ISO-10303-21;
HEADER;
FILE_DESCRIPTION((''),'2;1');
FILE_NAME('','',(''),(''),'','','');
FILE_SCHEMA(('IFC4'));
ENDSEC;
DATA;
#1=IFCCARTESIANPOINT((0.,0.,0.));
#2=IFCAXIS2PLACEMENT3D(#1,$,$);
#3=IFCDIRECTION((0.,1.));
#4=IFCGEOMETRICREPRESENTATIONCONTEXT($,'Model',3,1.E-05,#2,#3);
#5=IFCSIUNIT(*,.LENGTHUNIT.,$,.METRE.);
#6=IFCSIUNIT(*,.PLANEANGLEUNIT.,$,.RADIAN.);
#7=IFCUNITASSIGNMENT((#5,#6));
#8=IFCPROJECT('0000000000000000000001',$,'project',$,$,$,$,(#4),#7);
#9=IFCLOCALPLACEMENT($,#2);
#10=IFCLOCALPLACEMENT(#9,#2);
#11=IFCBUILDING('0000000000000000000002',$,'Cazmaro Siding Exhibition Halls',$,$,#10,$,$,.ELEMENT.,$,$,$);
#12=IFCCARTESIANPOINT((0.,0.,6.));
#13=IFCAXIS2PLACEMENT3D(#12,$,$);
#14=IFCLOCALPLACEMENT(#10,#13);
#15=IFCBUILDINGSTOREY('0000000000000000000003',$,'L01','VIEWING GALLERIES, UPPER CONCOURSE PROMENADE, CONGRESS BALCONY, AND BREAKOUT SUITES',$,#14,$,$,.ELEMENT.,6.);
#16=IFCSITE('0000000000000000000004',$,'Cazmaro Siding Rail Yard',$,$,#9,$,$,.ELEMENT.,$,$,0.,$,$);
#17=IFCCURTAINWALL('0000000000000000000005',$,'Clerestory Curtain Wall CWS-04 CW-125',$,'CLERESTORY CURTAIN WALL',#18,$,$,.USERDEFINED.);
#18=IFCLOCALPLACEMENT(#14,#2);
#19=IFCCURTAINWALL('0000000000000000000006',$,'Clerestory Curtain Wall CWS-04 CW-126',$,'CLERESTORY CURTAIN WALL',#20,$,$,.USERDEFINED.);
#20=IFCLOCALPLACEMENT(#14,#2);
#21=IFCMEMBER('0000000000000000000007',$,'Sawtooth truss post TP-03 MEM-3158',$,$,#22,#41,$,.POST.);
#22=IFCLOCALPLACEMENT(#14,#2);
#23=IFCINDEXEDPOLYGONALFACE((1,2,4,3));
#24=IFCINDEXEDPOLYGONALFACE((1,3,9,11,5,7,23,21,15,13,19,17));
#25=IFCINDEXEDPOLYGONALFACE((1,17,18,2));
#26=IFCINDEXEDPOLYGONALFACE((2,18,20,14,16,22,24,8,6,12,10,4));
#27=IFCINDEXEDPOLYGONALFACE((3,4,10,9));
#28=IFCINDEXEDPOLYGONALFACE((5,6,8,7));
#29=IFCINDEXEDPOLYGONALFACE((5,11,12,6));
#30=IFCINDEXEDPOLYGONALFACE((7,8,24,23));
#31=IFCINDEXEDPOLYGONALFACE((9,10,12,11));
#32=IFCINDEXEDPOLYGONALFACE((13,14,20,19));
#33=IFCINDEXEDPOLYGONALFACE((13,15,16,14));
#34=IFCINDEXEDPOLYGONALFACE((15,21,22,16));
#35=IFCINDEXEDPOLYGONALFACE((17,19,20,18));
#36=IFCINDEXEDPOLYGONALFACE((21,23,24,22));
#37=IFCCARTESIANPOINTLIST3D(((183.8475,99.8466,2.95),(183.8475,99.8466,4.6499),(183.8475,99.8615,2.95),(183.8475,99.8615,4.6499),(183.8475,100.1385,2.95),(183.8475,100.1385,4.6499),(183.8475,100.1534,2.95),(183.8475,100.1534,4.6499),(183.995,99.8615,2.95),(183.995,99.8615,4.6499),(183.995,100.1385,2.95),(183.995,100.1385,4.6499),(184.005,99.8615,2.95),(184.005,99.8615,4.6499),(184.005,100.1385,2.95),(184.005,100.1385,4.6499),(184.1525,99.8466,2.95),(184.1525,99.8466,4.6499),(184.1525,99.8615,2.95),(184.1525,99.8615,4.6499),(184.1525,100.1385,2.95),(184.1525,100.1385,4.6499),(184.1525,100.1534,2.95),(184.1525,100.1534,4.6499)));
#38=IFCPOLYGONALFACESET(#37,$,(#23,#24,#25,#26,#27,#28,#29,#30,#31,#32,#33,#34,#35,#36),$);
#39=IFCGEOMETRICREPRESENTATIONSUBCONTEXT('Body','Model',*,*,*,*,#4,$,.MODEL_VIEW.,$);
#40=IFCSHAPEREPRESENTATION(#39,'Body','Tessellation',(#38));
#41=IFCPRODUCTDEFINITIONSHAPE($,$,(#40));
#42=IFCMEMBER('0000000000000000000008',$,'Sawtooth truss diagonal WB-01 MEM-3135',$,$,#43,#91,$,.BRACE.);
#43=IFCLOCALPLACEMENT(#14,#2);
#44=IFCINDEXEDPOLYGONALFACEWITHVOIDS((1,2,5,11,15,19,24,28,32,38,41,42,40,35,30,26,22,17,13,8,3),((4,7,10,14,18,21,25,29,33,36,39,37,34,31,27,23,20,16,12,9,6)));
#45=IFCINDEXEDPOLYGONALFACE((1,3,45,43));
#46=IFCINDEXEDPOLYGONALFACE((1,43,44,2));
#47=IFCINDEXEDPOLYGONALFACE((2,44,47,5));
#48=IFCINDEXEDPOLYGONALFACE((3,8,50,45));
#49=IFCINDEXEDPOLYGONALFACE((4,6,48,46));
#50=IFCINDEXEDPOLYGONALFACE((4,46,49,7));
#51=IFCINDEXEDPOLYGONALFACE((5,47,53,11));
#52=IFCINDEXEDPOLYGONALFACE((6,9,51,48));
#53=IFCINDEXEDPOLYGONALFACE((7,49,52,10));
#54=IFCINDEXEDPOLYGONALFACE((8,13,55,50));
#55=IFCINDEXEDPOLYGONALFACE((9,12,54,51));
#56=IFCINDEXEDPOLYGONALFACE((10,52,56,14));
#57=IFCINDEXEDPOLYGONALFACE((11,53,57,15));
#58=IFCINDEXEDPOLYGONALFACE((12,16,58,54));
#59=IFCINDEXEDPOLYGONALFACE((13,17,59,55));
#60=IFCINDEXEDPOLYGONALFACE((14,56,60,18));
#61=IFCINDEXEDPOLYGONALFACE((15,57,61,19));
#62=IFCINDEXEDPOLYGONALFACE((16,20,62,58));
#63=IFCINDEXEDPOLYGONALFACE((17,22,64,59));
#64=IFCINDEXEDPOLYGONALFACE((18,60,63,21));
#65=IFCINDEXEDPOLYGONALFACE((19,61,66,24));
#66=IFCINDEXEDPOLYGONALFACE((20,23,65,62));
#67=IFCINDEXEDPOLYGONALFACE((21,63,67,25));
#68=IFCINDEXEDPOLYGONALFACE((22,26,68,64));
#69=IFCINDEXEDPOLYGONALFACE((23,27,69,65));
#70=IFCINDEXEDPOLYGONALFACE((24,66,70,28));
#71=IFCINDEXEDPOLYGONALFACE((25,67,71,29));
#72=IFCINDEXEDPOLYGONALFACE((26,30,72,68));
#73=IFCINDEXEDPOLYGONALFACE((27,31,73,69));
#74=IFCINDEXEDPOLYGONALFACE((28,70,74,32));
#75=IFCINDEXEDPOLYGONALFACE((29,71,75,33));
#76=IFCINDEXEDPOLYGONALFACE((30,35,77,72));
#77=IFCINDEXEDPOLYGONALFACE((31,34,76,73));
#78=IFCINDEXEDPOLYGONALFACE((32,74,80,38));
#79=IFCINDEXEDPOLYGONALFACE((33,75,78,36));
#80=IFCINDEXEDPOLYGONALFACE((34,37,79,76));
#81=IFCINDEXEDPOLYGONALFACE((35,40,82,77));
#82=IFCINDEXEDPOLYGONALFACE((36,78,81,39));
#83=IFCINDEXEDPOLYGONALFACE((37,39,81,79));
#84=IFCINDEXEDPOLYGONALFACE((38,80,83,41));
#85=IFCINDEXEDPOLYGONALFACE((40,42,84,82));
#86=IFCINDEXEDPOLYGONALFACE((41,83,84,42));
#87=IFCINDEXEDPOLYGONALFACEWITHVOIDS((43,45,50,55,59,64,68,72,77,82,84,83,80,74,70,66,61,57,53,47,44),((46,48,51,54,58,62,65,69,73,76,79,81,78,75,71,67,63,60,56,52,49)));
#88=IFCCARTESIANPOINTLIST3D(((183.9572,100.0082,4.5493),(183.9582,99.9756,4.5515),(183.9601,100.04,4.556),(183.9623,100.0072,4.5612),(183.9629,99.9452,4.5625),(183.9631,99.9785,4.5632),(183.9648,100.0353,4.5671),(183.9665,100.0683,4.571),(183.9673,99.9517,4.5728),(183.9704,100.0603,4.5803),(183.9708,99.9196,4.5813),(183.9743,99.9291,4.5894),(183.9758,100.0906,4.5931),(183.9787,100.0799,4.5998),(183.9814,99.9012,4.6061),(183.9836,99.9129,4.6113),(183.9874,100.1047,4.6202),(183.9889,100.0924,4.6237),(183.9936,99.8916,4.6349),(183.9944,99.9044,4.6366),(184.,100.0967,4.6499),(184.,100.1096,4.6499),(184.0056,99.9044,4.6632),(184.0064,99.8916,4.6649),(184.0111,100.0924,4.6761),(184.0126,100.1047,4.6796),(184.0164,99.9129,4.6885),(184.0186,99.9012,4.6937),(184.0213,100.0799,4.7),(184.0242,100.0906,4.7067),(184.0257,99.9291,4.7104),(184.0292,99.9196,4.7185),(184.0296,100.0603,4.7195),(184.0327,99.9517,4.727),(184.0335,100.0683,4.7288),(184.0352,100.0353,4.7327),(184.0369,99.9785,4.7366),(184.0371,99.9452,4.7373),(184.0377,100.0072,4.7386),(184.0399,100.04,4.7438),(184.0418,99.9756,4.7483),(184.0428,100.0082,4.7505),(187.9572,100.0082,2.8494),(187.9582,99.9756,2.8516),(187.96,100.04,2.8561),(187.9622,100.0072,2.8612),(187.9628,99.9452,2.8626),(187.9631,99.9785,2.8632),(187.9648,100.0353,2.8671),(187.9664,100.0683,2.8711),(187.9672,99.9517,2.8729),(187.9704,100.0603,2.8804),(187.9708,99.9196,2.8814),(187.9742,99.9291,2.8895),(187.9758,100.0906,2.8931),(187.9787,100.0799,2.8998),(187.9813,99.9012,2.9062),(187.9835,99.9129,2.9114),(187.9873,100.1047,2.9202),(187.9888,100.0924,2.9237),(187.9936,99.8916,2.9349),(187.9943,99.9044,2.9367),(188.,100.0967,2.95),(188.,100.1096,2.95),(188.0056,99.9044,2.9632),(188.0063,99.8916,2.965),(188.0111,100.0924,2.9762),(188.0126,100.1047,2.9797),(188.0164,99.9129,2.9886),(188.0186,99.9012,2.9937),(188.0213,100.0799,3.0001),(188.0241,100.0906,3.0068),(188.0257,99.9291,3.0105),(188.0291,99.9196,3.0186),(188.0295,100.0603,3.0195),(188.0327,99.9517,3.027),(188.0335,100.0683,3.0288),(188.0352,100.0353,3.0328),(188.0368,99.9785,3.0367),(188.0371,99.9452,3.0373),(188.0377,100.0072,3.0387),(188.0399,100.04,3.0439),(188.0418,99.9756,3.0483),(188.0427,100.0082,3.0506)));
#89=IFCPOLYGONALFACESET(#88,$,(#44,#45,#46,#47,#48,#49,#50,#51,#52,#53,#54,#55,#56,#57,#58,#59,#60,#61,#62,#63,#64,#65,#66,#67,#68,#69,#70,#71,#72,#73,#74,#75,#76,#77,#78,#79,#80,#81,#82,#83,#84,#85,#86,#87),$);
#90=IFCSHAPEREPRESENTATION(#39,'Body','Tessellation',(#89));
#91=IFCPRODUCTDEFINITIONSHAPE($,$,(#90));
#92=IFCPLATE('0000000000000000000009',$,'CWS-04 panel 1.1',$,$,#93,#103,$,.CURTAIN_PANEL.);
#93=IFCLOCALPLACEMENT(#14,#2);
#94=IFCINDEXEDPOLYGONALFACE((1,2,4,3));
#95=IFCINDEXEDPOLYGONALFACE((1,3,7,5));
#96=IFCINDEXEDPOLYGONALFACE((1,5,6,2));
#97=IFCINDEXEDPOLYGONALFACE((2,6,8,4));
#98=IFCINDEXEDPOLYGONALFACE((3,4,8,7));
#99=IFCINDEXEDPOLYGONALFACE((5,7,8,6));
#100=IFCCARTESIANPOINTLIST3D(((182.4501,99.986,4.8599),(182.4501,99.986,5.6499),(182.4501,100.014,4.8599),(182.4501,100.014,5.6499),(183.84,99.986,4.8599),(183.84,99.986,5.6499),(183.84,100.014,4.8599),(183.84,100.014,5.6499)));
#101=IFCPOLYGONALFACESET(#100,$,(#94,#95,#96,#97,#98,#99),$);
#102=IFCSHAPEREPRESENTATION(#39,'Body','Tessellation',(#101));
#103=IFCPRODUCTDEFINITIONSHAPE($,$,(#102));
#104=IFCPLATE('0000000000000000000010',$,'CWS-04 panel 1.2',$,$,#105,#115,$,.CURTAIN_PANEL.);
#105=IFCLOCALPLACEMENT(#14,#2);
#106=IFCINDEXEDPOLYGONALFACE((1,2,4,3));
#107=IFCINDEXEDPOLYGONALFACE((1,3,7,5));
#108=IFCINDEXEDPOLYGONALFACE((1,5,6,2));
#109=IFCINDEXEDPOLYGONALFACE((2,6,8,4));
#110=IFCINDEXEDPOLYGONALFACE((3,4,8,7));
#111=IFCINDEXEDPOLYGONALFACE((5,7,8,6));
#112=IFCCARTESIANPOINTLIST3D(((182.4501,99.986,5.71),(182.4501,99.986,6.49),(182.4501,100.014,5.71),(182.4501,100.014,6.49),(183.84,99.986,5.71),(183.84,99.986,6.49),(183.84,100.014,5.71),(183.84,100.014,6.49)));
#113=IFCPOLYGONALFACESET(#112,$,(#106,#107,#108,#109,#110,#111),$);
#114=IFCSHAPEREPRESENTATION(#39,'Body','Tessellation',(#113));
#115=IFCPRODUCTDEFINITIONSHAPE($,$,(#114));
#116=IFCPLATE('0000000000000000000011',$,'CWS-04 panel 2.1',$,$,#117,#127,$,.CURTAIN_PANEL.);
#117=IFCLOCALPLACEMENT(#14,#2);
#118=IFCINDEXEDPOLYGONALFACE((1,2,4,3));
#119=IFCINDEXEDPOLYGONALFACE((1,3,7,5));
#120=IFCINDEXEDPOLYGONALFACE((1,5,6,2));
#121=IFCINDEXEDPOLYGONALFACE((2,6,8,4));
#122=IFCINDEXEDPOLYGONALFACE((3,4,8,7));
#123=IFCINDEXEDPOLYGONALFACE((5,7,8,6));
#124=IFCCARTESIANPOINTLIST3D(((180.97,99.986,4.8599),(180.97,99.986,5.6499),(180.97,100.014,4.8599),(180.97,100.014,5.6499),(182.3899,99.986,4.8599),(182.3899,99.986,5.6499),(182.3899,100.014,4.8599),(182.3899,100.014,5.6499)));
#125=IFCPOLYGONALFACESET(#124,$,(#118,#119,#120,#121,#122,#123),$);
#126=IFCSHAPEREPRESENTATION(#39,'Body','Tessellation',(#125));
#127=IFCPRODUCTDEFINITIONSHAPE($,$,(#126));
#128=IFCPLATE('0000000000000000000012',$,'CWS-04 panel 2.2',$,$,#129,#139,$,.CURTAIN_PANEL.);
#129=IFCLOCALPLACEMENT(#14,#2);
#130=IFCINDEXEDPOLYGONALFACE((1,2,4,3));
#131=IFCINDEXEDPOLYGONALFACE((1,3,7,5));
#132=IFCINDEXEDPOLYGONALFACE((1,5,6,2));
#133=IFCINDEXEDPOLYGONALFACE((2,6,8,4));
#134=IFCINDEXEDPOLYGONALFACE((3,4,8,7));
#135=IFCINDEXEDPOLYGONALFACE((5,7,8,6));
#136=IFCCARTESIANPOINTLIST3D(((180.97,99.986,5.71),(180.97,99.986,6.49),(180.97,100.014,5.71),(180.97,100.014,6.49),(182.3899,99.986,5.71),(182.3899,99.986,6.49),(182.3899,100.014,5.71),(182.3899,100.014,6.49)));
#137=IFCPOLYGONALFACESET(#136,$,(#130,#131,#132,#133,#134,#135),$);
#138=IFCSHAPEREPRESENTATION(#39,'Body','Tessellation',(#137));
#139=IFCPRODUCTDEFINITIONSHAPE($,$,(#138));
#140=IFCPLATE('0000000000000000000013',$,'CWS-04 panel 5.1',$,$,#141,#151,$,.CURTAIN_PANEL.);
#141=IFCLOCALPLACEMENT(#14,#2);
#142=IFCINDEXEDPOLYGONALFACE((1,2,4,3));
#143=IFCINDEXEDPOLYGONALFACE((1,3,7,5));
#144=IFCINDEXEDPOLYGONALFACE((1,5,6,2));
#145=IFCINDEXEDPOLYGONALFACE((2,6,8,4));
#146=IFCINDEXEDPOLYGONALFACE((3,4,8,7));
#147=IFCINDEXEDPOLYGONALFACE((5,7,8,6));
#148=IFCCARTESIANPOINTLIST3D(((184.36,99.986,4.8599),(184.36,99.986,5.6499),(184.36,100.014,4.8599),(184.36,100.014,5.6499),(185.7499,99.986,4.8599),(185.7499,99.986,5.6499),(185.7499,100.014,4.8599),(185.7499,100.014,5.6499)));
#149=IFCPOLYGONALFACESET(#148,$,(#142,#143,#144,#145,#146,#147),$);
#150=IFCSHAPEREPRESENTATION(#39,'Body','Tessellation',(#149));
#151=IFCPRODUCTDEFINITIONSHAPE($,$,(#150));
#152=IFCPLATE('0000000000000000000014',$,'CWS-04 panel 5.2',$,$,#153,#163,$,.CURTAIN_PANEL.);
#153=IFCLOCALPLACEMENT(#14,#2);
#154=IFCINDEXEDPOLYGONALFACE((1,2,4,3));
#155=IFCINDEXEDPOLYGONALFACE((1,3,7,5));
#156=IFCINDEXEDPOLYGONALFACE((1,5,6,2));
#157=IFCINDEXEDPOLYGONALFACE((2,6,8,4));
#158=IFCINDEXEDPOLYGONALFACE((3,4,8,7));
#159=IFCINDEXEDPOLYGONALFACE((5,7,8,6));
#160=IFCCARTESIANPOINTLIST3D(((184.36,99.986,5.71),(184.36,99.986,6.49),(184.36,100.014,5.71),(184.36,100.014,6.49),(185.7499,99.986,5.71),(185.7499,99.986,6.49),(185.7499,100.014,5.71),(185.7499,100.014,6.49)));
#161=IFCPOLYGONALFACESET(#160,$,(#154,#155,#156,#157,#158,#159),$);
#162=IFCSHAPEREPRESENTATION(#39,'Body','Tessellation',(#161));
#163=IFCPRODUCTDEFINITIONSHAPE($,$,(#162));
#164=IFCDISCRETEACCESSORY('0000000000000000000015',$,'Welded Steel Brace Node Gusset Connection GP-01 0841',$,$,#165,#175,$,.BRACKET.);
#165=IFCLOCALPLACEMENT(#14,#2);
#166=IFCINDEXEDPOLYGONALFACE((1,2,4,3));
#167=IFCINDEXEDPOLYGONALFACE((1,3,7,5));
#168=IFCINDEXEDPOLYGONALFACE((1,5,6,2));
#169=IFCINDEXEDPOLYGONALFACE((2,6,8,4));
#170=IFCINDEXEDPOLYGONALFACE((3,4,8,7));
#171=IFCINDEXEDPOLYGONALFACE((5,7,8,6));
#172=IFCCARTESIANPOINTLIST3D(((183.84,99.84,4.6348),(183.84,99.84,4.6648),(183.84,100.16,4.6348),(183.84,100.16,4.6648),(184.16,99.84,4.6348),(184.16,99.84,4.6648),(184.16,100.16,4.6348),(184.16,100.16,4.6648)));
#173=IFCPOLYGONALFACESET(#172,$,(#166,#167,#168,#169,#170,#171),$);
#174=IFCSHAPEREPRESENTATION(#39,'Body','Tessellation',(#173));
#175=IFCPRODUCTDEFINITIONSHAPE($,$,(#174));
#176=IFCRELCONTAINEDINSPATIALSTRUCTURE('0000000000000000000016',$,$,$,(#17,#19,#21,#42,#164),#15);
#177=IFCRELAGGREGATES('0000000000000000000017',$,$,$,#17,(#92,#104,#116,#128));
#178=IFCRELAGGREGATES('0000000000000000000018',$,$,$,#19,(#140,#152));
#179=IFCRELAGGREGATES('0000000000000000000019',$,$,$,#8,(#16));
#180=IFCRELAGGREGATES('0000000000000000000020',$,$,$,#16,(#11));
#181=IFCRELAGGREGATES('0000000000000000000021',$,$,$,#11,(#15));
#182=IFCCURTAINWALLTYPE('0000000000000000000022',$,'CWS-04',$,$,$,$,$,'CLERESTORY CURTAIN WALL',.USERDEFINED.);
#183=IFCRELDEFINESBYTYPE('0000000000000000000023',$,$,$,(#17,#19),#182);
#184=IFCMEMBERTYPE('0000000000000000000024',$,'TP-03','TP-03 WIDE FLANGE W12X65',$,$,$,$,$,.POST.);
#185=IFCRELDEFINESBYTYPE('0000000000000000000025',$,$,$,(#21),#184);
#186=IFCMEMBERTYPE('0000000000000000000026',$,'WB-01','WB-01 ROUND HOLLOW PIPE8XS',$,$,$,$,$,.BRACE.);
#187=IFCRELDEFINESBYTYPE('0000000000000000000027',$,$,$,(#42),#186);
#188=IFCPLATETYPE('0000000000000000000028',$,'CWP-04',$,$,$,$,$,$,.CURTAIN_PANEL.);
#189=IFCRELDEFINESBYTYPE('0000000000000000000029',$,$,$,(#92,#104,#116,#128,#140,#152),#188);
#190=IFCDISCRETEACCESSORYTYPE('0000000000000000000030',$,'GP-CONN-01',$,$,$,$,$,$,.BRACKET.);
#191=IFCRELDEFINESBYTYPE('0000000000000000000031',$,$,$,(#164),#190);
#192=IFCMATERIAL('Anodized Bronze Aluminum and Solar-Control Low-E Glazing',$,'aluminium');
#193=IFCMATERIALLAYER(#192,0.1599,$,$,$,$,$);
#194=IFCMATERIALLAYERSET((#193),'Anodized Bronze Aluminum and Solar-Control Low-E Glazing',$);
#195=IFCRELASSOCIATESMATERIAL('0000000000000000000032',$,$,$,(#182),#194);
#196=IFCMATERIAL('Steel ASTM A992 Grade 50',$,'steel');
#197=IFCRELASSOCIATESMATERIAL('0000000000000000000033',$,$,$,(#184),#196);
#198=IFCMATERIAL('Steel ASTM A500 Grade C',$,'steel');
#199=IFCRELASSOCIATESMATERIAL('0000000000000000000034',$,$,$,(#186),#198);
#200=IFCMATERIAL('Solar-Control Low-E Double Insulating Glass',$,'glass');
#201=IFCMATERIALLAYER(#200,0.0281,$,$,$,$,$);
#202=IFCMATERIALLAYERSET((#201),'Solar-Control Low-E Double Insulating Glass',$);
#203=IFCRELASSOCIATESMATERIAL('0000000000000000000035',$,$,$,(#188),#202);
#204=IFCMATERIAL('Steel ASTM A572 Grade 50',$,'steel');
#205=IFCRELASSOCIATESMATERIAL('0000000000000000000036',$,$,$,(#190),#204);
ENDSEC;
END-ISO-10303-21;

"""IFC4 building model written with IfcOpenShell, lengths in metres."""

from ifc_helpers import new_model, si_unit, direction, frame, origin, origin_2d, place, context, subcontext, project, spatial, rectangle, hollow_circle, i_section, extrude, material, layer, layer_set, material_profile, profile_set, type_object, element, aggregate, save


model = new_model("IFC4")

# Units and contexts
model_context = context("Model", 3, precision=1e-05, world=origin(), true_north=direction((0.0, 1.0)))
body_context = subcontext(model_context, "Body", "Model", "MODEL_VIEW")
ifc_project = project(units=[si_unit("LENGTHUNIT", "METRE"), si_unit("PLANEANGLEUNIT", "RADIAN")], contexts=[model_context])

# Site, building, storey
site_placement = place(None, origin())
site = spatial("IfcSite", under=ifc_project, at=site_placement, Name="Cazmaro Siding Rail Yard", CompositionType="ELEMENT", RefElevation=0.0)
building_placement = place(site_placement, origin())
building = spatial("IfcBuilding", under=site, at=building_placement, Name="Cazmaro Siding Exhibition Halls", CompositionType="ELEMENT")
storey_placement = place(building_placement, frame((0.0, 0.0, 6.0)))
storey = spatial("IfcBuildingStorey", under=building, at=storey_placement, Name="L01", Description="VIEWING GALLERIES, UPPER CONCOURSE PROMENADE, CONGRESS BALCONY, AND BREAKOUT SUITES", CompositionType="ELEMENT", Elevation=6.0)

# Curtain wall
ifc_material_1 = material(Name="Anodized Bronze Aluminum and Solar-Control Low-E Glazing", Category="aluminium")
ifc_layer_1 = layer(ifc_material_1, 0.1599)
ifc_layer_set_1 = layer_set([ifc_layer_1], Name="Anodized Bronze Aluminum and Solar-Control Low-E Glazing")
curtain_wall_type = type_object("IfcCurtainWallType", Name="CWS-04", ElementType="CLERESTORY CURTAIN WALL", PredefinedType="USERDEFINED", material=ifc_layer_set_1)
curtain_wall_1_placement = place(storey_placement, origin())
curtain_wall_1 = element("IfcCurtainWall", 1, at=curtain_wall_1_placement, inside=storey, type_object=curtain_wall_type, Name="Clerestory Curtain Wall CWS-04 CW-125", ObjectType="CLERESTORY CURTAIN WALL", PredefinedType="USERDEFINED")

# Curtain wall
curtain_wall_2_placement = place(storey_placement, origin())
curtain_wall_2 = element("IfcCurtainWall", 2, at=curtain_wall_2_placement, inside=storey, type_object=curtain_wall_type, Name="Clerestory Curtain Wall CWS-04 CW-126", ObjectType="CLERESTORY CURTAIN WALL", PredefinedType="USERDEFINED")

# Members
ifc_material_2 = material(Name="Steel ASTM A992 Grade 50", Category="steel")
ifc_material_profile_1 = material_profile(ifc_material_2, i_section(OverallWidth=0.3049, OverallDepth=0.3069, WebThickness=0.01, FlangeThickness=0.0149, at=origin_2d()), Name="W12X65")
ifc_profile_set_1 = profile_set([ifc_material_profile_1], Name="Steel ASTM A992 Grade 50")
member_type_1 = type_object("IfcMemberType", Name="TP-03", Description="TP-03 WIDE FLANGE W12X65", PredefinedType="POST", material=ifc_profile_set_1)
member_1_placement = place(storey_placement, frame((184.0, 100.0, 2.95), z_axis=(0.0, 0.0, 1.0), x_axis=(1.0, 0.0, 0.0)))
element("IfcMember", 3, at=member_1_placement, inside=storey, type_object=member_type_1, Name="Sawtooth truss post TP-03 MEM-3158", PredefinedType="POST", context=body_context, shape_type="SweptSolid", body=[
    extrude(i_section(OverallWidth=0.3049, OverallDepth=0.3069, WebThickness=0.01, FlangeThickness=0.0149, at=origin_2d()), origin(), (0.0, 0.0, 1.0), 1.7),
])
ifc_material_3 = material(Name="Steel ASTM A500 Grade C", Category="steel")
ifc_material_profile_2 = material_profile(ifc_material_3, hollow_circle(Radius=0.1096, WallThickness=0.0129, at=origin_2d()), Name="PIPE8XS")
ifc_profile_set_2 = profile_set([ifc_material_profile_2], Name="Steel ASTM A500 Grade C")
member_type_2 = type_object("IfcMemberType", Name="WB-01", Description="WB-01 ROUND HOLLOW PIPE8XS", PredefinedType="BRACE", material=ifc_profile_set_2)
member_2_placement = place(storey_placement, frame((184.0, 100.0, 4.6499), z_axis=(0.920335, 0.0, -0.391131), x_axis=(0.0, 1.0, 0.0)))
element("IfcMember", 4, at=member_2_placement, inside=storey, type_object=member_type_2, Name="Sawtooth truss diagonal WB-01 MEM-3135", PredefinedType="BRACE", context=body_context, shape_type="SweptSolid", body=[
    extrude(hollow_circle(Radius=0.1096, WallThickness=0.0129, at=origin_2d()), origin(), (0.0, 0.0, 1.0), 4.3462),
])

# Plates
ifc_material_4 = material(Name="Solar-Control Low-E Double Insulating Glass", Category="glass")
ifc_layer_2 = layer(ifc_material_4, 0.0281)
ifc_layer_set_2 = layer_set([ifc_layer_2], Name="Solar-Control Low-E Double Insulating Glass")
plate_type = type_object("IfcPlateType", Name="CWP-04", PredefinedType="CURTAIN_PANEL", material=ifc_layer_set_2)
plate_1_placement = place(storey_placement, frame((183.145, 100.0, 4.8599), z_axis=(0.0, 0.0, 1.0), x_axis=(-1.0, 0.0, 0.0)))
plate_1 = element("IfcPlate", 5, at=plate_1_placement, type_object=plate_type, Name="CWS-04 panel 1.1", PredefinedType="CURTAIN_PANEL", context=body_context, shape_type="SweptSolid", body=[
    extrude(rectangle(XDim=1.3899, YDim=0.0281, at=origin_2d()), origin(), (0.0, 0.0, 1.0), 0.79),
])
plate_2_placement = place(storey_placement, frame((183.145, 100.0, 5.71), z_axis=(0.0, 0.0, 1.0), x_axis=(-1.0, 0.0, 0.0)))
plate_2 = element("IfcPlate", 6, at=plate_2_placement, type_object=plate_type, Name="CWS-04 panel 1.2", PredefinedType="CURTAIN_PANEL", context=body_context, shape_type="SweptSolid", body=[
    extrude(rectangle(XDim=1.3899, YDim=0.0281, at=origin_2d()), origin(), (0.0, 0.0, 1.0), 0.78),
])
plate_3_placement = place(storey_placement, frame((181.6799, 100.0, 4.8599), z_axis=(0.0, 0.0, 1.0), x_axis=(-1.0, 0.0, 0.0)))
plate_3 = element("IfcPlate", 7, at=plate_3_placement, type_object=plate_type, Name="CWS-04 panel 2.1", PredefinedType="CURTAIN_PANEL", context=body_context, shape_type="SweptSolid", body=[
    extrude(rectangle(XDim=1.4199, YDim=0.0281, at=origin_2d()), origin(), (0.0, 0.0, 1.0), 0.79),
])
plate_4_placement = place(storey_placement, frame((181.6799, 100.0, 5.71), z_axis=(0.0, 0.0, 1.0), x_axis=(-1.0, 0.0, 0.0)))
plate_4 = element("IfcPlate", 8, at=plate_4_placement, type_object=plate_type, Name="CWS-04 panel 2.2", PredefinedType="CURTAIN_PANEL", context=body_context, shape_type="SweptSolid", body=[
    extrude(rectangle(XDim=1.4199, YDim=0.0281, at=origin_2d()), origin(), (0.0, 0.0, 1.0), 0.78),
])
aggregate(curtain_wall_1, [plate_1, plate_2, plate_3, plate_4])
plate_5_placement = place(storey_placement, frame((185.0549, 100.0, 4.8599), z_axis=(0.0, 0.0, 1.0), x_axis=(-1.0, 0.0, 0.0)))
plate_5 = element("IfcPlate", 9, at=plate_5_placement, type_object=plate_type, Name="CWS-04 panel 5.1", PredefinedType="CURTAIN_PANEL", context=body_context, shape_type="SweptSolid", body=[
    extrude(rectangle(XDim=1.3899, YDim=0.0281, at=origin_2d()), origin(), (0.0, 0.0, 1.0), 0.79),
])
plate_6_placement = place(storey_placement, frame((185.0549, 100.0, 5.71), z_axis=(0.0, 0.0, 1.0), x_axis=(-1.0, 0.0, 0.0)))
plate_6 = element("IfcPlate", 10, at=plate_6_placement, type_object=plate_type, Name="CWS-04 panel 5.2", PredefinedType="CURTAIN_PANEL", context=body_context, shape_type="SweptSolid", body=[
    extrude(rectangle(XDim=1.3899, YDim=0.0281, at=origin_2d()), origin(), (0.0, 0.0, 1.0), 0.78),
])
aggregate(curtain_wall_2, [plate_5, plate_6])

# Discrete accessory
ifc_material_5 = material(Name="Steel ASTM A572 Grade 50", Category="steel")
discrete_accessory_type = type_object("IfcDiscreteAccessoryType", Name="GP-CONN-01", PredefinedType="BRACKET", material=ifc_material_5)
discrete_accessory_placement = place(storey_placement, frame((184.0, 100.0, 4.6348), z_axis=(0.0, 0.0, 1.0), x_axis=(1.0, 0.0, 0.0)))
element("IfcDiscreteAccessory", 11, at=discrete_accessory_placement, inside=storey, type_object=discrete_accessory_type, Name="Welded Steel Brace Node Gusset Connection GP-01 0841", PredefinedType="BRACKET", context=body_context, shape_type="SweptSolid", body=[
    extrude(rectangle(XDim=0.3201, YDim=0.3201, at=origin_2d()), origin(), (0.0, 0.0, 1.0), 0.03),
])

save(model, "model.ifc")
